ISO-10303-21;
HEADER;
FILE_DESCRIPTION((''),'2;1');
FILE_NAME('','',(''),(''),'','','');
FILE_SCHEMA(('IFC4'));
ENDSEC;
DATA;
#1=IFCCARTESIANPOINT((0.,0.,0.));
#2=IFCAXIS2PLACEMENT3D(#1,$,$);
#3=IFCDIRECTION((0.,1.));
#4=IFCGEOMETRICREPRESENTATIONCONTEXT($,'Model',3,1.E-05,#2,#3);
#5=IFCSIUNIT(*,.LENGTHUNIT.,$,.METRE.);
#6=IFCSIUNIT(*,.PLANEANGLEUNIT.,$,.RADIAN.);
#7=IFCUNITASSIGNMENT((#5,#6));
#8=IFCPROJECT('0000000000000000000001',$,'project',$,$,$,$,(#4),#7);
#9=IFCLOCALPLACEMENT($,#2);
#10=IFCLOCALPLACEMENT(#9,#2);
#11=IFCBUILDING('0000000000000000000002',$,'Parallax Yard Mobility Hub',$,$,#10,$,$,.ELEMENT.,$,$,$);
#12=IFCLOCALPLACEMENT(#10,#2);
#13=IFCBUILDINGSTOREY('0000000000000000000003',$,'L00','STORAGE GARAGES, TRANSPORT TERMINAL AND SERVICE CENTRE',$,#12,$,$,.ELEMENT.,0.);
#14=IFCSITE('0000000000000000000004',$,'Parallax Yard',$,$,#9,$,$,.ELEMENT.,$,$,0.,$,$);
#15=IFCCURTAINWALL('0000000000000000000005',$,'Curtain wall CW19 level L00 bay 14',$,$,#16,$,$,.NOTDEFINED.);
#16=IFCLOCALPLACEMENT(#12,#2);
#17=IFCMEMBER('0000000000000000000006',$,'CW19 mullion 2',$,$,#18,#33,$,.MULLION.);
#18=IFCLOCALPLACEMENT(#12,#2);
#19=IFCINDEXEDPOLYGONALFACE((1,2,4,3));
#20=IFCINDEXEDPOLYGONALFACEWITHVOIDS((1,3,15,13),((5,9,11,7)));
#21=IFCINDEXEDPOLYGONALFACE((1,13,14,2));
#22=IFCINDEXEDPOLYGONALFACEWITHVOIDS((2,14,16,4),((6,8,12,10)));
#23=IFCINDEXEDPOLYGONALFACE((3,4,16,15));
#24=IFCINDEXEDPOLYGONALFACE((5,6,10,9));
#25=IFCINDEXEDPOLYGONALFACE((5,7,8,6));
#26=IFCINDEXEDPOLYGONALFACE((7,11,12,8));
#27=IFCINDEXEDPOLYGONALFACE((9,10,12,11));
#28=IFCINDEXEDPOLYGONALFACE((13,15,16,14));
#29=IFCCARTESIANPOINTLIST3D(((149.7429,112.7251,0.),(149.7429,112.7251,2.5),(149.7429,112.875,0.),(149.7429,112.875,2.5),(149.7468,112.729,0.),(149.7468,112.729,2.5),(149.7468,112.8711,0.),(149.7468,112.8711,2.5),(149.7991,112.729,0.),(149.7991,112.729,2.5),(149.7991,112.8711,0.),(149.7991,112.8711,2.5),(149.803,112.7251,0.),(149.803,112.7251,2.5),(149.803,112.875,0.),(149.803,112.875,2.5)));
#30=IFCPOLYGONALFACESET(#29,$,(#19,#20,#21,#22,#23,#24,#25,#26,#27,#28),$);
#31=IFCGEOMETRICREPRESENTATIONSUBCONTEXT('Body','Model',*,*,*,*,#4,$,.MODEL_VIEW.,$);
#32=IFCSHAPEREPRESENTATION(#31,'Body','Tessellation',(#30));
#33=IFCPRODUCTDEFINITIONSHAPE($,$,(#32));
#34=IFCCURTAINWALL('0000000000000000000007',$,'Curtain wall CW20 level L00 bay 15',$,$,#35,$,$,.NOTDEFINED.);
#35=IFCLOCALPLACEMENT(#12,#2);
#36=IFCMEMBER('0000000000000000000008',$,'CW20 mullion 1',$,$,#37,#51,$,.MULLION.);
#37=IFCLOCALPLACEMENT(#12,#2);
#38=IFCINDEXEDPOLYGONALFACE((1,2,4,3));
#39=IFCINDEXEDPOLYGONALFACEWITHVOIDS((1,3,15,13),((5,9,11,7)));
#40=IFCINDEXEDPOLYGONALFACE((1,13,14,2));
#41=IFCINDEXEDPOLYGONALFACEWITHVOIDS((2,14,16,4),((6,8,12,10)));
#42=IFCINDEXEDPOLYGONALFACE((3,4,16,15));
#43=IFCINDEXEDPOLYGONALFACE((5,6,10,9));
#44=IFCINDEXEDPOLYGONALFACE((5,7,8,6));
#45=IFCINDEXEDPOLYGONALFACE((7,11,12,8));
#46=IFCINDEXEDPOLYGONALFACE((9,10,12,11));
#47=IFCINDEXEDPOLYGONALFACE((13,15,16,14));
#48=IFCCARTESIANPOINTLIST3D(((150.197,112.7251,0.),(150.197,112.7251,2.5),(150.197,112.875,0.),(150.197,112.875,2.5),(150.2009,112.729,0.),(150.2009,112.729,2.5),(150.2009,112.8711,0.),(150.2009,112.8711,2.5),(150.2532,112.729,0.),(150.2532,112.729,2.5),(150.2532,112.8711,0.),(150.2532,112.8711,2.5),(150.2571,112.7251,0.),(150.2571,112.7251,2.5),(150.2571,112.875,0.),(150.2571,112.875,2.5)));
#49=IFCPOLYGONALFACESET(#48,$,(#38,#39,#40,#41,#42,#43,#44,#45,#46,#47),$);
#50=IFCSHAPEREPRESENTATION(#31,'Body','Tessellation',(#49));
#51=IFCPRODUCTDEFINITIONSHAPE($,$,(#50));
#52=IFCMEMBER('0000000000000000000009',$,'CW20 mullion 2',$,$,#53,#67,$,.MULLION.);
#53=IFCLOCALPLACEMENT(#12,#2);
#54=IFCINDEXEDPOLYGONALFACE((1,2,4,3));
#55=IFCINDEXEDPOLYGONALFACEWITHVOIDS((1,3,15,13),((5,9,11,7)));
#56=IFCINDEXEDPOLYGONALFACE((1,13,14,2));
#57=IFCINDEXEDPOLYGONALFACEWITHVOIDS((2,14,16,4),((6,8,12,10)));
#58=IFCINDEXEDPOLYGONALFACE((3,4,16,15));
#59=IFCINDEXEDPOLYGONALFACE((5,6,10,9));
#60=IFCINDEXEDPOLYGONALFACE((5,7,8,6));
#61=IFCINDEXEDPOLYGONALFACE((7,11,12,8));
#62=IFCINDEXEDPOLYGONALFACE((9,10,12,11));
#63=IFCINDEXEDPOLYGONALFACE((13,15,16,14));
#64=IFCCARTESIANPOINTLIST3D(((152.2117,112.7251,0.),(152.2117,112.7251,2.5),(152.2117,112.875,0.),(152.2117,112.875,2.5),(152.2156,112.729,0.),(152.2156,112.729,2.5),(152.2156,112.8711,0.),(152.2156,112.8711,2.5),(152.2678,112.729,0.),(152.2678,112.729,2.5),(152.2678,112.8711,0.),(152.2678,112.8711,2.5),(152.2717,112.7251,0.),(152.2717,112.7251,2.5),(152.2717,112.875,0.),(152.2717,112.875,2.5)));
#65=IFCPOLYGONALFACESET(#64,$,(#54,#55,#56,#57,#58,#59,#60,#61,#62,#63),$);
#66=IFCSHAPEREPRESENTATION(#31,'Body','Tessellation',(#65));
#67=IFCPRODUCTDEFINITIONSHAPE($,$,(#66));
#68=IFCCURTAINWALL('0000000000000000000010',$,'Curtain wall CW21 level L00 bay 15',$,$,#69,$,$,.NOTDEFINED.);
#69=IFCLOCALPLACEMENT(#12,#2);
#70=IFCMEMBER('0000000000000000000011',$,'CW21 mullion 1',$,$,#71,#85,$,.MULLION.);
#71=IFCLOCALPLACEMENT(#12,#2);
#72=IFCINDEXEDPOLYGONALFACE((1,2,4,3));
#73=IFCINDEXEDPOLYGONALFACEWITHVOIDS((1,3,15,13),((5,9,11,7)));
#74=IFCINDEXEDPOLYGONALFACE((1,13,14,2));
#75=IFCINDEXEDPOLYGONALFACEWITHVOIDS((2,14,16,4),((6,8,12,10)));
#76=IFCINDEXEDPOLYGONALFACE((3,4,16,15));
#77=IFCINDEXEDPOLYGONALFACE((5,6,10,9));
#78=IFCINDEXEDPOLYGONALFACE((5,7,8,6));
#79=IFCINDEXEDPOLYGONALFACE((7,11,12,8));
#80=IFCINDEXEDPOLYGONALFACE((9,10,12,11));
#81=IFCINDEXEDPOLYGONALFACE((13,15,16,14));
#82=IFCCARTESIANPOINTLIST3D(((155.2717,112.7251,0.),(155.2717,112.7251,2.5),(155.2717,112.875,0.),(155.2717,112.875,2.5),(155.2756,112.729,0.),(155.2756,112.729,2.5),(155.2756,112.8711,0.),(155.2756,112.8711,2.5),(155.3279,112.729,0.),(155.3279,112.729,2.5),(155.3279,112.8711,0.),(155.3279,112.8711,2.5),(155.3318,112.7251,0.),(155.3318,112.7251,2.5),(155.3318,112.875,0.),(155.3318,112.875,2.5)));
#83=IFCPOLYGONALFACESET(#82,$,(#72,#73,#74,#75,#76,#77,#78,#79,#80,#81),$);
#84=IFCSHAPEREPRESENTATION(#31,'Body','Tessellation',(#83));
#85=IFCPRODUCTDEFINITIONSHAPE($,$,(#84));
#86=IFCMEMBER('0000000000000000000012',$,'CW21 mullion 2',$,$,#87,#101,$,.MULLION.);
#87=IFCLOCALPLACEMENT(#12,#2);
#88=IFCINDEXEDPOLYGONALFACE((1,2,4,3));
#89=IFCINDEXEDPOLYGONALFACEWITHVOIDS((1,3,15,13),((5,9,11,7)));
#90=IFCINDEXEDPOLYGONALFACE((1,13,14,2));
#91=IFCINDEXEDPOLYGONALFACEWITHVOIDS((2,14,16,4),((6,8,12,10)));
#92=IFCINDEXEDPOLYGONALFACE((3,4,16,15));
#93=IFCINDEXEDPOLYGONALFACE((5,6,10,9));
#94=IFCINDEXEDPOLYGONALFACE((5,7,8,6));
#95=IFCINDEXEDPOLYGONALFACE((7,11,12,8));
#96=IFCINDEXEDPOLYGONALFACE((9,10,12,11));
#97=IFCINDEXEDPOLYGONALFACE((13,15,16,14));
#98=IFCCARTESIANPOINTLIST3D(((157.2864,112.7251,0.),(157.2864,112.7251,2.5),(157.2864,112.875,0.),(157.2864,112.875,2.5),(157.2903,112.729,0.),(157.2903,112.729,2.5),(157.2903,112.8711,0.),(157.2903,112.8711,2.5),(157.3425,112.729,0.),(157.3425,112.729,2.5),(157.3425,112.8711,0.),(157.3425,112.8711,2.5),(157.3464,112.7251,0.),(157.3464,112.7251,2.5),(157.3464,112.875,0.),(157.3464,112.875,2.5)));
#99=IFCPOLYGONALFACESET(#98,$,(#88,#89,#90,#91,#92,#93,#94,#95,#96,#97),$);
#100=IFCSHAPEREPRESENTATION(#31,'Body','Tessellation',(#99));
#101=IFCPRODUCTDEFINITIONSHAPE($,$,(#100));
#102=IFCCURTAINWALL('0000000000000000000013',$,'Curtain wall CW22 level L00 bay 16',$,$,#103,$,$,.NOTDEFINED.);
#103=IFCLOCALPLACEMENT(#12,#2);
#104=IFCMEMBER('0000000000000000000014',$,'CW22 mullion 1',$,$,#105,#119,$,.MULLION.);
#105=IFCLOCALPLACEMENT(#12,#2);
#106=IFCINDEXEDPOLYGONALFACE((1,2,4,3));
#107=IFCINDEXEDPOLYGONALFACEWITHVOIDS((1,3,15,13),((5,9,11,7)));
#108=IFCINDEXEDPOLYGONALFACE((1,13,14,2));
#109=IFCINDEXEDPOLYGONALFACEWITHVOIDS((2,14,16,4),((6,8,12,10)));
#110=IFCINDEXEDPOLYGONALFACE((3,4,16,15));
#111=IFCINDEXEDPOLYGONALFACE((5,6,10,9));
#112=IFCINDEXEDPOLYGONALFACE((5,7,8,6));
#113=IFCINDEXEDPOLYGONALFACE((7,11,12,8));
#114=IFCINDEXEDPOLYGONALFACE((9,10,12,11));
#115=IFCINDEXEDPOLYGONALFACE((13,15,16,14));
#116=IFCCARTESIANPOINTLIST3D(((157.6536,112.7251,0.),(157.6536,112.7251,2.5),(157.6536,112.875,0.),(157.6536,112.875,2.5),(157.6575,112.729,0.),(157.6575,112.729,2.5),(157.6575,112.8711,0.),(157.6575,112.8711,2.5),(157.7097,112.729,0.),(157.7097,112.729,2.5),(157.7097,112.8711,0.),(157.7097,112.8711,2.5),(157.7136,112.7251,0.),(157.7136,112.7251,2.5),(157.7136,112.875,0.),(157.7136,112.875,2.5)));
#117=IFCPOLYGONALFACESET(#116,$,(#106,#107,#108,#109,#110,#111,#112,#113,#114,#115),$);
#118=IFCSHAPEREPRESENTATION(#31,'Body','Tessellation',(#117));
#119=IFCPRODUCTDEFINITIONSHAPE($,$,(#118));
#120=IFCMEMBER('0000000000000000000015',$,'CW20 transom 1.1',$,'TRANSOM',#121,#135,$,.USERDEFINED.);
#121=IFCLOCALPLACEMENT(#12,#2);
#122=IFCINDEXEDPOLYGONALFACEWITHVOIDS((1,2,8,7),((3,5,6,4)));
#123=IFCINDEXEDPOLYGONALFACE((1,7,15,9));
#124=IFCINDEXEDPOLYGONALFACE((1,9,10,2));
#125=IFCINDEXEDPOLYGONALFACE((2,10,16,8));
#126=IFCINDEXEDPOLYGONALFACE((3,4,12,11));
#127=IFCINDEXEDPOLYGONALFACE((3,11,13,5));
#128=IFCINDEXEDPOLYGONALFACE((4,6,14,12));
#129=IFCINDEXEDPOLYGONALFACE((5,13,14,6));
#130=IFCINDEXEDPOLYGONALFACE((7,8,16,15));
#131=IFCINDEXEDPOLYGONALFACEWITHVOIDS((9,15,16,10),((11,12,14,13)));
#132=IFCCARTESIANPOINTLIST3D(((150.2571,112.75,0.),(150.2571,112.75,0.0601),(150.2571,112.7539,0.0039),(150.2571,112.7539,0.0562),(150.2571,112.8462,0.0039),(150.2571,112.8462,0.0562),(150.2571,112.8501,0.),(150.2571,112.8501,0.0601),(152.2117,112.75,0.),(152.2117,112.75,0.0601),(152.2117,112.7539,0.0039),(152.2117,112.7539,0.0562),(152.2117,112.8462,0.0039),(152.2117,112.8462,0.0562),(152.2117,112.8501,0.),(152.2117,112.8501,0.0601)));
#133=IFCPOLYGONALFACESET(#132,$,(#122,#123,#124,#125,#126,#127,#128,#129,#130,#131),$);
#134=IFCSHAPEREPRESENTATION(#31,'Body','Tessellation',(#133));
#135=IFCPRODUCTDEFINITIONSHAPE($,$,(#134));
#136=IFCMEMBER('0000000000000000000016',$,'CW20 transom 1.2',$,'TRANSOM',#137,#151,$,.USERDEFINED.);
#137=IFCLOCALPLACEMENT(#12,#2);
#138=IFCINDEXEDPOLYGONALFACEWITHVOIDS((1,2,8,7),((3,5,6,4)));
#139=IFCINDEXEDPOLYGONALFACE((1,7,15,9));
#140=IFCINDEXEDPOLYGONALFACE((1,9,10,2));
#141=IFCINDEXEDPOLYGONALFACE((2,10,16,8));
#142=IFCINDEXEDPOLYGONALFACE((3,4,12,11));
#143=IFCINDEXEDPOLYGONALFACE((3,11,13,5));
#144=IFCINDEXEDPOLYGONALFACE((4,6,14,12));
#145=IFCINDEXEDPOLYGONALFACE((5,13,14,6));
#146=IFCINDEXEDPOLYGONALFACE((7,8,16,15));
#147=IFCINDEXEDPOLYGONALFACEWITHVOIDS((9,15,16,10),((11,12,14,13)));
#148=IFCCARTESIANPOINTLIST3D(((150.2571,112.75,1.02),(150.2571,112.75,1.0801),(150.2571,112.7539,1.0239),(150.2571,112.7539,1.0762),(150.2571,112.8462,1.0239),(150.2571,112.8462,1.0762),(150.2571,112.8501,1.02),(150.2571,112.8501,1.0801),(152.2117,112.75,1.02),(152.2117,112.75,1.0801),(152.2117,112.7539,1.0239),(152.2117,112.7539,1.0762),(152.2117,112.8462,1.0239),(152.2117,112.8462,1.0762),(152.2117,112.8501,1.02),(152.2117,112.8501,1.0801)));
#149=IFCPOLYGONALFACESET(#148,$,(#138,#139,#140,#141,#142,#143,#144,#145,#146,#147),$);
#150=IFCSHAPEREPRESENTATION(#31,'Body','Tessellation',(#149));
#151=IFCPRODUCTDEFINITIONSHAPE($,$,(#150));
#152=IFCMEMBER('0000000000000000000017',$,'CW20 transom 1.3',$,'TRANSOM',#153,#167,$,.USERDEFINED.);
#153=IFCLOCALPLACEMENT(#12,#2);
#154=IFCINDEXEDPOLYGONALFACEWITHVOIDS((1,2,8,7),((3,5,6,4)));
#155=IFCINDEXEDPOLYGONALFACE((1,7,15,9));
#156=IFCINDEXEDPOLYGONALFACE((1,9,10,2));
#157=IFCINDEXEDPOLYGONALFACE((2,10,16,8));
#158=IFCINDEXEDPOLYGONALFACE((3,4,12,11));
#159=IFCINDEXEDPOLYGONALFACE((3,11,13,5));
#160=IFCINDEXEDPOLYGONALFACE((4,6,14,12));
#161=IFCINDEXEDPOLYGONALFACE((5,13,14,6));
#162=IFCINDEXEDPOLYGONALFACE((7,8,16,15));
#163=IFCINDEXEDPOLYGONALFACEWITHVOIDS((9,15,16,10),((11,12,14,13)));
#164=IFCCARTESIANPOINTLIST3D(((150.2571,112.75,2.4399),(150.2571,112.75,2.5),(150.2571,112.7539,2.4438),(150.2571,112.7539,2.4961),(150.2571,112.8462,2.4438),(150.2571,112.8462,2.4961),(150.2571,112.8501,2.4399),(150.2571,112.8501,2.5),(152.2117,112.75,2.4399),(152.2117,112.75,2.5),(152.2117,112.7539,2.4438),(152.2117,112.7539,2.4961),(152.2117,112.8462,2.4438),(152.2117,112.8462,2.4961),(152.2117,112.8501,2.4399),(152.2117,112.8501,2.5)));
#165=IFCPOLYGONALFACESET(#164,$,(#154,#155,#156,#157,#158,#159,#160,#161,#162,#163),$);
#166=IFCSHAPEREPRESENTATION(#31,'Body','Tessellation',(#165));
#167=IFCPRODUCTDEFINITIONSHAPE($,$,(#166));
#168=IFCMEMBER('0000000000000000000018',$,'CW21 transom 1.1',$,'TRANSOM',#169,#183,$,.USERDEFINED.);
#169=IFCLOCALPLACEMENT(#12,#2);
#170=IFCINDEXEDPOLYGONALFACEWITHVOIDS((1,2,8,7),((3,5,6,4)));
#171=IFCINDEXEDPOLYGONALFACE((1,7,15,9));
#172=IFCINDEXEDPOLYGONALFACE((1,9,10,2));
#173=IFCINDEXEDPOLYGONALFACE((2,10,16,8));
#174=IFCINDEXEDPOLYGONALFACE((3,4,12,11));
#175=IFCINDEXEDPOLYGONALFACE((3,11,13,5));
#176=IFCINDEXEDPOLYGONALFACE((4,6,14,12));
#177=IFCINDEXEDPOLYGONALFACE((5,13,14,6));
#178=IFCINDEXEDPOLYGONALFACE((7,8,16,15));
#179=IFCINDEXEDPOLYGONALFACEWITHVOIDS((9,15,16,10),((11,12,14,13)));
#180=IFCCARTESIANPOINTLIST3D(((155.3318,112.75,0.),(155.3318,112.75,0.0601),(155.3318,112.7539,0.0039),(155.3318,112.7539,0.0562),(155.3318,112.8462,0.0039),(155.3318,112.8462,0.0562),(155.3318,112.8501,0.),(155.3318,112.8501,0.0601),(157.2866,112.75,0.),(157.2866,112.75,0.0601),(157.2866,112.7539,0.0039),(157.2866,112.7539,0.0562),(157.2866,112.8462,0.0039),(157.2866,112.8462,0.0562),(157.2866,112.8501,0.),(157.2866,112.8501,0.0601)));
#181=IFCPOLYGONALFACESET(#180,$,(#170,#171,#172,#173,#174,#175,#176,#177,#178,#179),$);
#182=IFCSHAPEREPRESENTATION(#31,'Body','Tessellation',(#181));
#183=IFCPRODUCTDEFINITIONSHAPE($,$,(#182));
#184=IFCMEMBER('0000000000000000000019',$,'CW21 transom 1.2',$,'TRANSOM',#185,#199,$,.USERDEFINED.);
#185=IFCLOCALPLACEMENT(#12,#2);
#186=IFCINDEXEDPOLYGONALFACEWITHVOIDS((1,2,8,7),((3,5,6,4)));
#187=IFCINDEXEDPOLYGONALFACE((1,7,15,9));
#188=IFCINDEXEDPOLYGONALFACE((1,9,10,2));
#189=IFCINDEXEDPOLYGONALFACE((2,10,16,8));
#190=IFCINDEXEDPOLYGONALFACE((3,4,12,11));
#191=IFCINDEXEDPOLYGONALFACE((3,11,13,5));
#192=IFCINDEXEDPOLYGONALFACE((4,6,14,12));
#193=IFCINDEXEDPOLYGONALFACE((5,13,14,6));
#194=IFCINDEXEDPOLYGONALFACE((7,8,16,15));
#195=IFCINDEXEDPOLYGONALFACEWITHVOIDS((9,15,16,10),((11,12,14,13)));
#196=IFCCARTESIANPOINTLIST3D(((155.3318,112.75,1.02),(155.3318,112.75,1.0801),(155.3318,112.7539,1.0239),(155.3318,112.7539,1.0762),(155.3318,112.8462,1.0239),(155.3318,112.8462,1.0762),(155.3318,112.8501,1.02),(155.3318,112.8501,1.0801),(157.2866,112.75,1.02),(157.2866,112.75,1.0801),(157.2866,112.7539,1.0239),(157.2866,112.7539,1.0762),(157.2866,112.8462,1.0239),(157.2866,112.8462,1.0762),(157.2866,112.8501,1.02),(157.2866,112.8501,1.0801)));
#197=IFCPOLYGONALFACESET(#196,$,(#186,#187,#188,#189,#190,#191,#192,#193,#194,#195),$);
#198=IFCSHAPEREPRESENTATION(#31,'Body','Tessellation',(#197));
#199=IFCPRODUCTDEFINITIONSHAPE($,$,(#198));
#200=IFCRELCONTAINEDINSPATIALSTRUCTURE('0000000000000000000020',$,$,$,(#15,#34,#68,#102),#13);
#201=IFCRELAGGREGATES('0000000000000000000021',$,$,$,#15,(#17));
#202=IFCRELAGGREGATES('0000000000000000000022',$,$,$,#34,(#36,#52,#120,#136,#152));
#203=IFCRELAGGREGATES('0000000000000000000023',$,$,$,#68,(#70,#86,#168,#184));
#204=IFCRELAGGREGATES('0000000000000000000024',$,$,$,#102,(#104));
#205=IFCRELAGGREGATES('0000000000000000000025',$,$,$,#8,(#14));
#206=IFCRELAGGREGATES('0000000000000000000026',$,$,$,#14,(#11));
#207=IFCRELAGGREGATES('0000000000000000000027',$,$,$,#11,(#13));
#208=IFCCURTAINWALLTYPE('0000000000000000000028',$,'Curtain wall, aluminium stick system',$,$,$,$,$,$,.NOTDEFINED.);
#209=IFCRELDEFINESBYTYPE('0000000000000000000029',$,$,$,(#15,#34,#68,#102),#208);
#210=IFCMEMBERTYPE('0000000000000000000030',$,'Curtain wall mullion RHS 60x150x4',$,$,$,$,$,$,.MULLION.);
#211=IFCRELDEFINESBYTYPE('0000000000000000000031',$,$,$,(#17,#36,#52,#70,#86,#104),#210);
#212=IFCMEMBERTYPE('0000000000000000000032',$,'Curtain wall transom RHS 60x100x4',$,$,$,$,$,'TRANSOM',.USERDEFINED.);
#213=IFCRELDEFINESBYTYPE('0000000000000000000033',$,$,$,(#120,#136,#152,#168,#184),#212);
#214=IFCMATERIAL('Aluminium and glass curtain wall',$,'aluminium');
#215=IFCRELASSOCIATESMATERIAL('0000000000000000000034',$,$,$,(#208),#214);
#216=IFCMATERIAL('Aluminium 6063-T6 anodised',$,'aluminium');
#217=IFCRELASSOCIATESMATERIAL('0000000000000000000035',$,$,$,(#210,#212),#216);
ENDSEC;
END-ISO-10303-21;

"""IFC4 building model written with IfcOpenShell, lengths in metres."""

from ifc_helpers import new_model, si_unit, direction, frame, origin, origin_2d, place, context, subcontext, project, spatial, hollow_rectangle, extrude, material, material_profile, profile_set, type_object, element, aggregate, save


model = new_model("IFC4")

# Units and contexts
model_context = context("Model", 3, precision=1e-05, world=origin(), true_north=direction((0.0, 1.0)))
body_context = subcontext(model_context, "Body", "Model", "MODEL_VIEW")
ifc_project = project(units=[si_unit("LENGTHUNIT", "METRE"), si_unit("PLANEANGLEUNIT", "RADIAN")], contexts=[model_context])

# Site, building, storey
site_placement = place(None, origin())
site = spatial("IfcSite", under=ifc_project, at=site_placement, Name="Parallax Yard", CompositionType="ELEMENT", RefElevation=0.0)
building_placement = place(site_placement, origin())
building = spatial("IfcBuilding", under=site, at=building_placement, Name="Parallax Yard Mobility Hub", CompositionType="ELEMENT")
storey_placement = place(building_placement, origin())
storey = spatial("IfcBuildingStorey", under=building, at=storey_placement, Name="L00", Description="STORAGE GARAGES, TRANSPORT TERMINAL AND SERVICE CENTRE", CompositionType="ELEMENT", Elevation=0.0)

# Curtain wall, member
ifc_material_1 = material(Name="Aluminium and glass curtain wall", Category="aluminium")
curtain_wall_type = type_object("IfcCurtainWallType", Name="Curtain wall, aluminium stick system", PredefinedType="NOTDEFINED", material=ifc_material_1)
curtain_wall_1_placement = place(storey_placement, origin())
curtain_wall_1 = element("IfcCurtainWall", 1, at=curtain_wall_1_placement, inside=storey, type_object=curtain_wall_type, Name="Curtain wall CW19 level L00 bay 14", PredefinedType="NOTDEFINED")
ifc_material_2 = material(Name="Aluminium 6063-T6 anodised", Category="aluminium")
ifc_material_profile_1 = material_profile(ifc_material_2, hollow_rectangle(XDim=0.1499, YDim=0.0601, WallThickness=0.0039, at=origin_2d()), Name="RHS 60x150x4")
ifc_profile_set_1 = profile_set([ifc_material_profile_1], Name="Aluminium 6063-T6 anodised")
member_type_1 = type_object("IfcMemberType", Name="Curtain wall mullion RHS 60x150x4", PredefinedType="MULLION", material=ifc_profile_set_1)
member_1_placement = place(storey_placement, frame((149.7729, 112.8, 0.0), z_axis=(0.0, 0.0, 1.0), x_axis=(0.0, 1.0, 0.0)))
member_1 = element("IfcMember", 2, at=member_1_placement, type_object=member_type_1, Name="CW19 mullion 2", PredefinedType="MULLION", context=body_context, shape_type="SweptSolid", body=[
    extrude(hollow_rectangle(XDim=0.1499, YDim=0.0601, WallThickness=0.0039, at=origin_2d()), origin(), (0.0, 0.0, 1.0), 2.5),
])

# Curtain walls, members
curtain_wall_2_placement = place(storey_placement, origin())
curtain_wall_2 = element("IfcCurtainWall", 3, at=curtain_wall_2_placement, inside=storey, type_object=curtain_wall_type, Name="Curtain wall CW20 level L00 bay 15", PredefinedType="NOTDEFINED")
member_2_placement = place(storey_placement, frame((150.2271, 112.8, 0.0), z_axis=(0.0, 0.0, 1.0), x_axis=(0.0, 1.0, 0.0)))
member_2 = element("IfcMember", 4, at=member_2_placement, type_object=member_type_1, Name="CW20 mullion 1", PredefinedType="MULLION", context=body_context, shape_type="SweptSolid", body=[
    extrude(hollow_rectangle(XDim=0.1499, YDim=0.0601, WallThickness=0.0039, at=origin_2d()), origin(), (0.0, 0.0, 1.0), 2.5),
])
member_3_placement = place(storey_placement, frame((152.2417, 112.8, 0.0), z_axis=(0.0, 0.0, 1.0), x_axis=(0.0, 1.0, 0.0)))
member_3 = element("IfcMember", 5, at=member_3_placement, type_object=member_type_1, Name="CW20 mullion 2", PredefinedType="MULLION", context=body_context, shape_type="SweptSolid", body=[
    extrude(hollow_rectangle(XDim=0.1499, YDim=0.0601, WallThickness=0.0039, at=origin_2d()), origin(), (0.0, 0.0, 1.0), 2.5),
])
curtain_wall_3_placement = place(storey_placement, origin())
curtain_wall_3 = element("IfcCurtainWall", 6, at=curtain_wall_3_placement, inside=storey, type_object=curtain_wall_type, Name="Curtain wall CW21 level L00 bay 15", PredefinedType="NOTDEFINED")
member_4_placement = place(storey_placement, frame((155.3018, 112.8, 0.0), z_axis=(0.0, 0.0, 1.0), x_axis=(0.0, 1.0, 0.0)))
member_4 = element("IfcMember", 7, at=member_4_placement, type_object=member_type_1, Name="CW21 mullion 1", PredefinedType="MULLION", context=body_context, shape_type="SweptSolid", body=[
    extrude(hollow_rectangle(XDim=0.1499, YDim=0.0601, WallThickness=0.0039, at=origin_2d()), origin(), (0.0, 0.0, 1.0), 2.5),
])
member_5_placement = place(storey_placement, frame((157.3164, 112.8, 0.0), z_axis=(0.0, 0.0, 1.0), x_axis=(0.0, 1.0, 0.0)))
member_5 = element("IfcMember", 8, at=member_5_placement, type_object=member_type_1, Name="CW21 mullion 2", PredefinedType="MULLION", context=body_context, shape_type="SweptSolid", body=[
    extrude(hollow_rectangle(XDim=0.1499, YDim=0.0601, WallThickness=0.0039, at=origin_2d()), origin(), (0.0, 0.0, 1.0), 2.5),
])

# Curtain wall, member
curtain_wall_4_placement = place(storey_placement, origin())
curtain_wall_4 = element("IfcCurtainWall", 9, at=curtain_wall_4_placement, inside=storey, type_object=curtain_wall_type, Name="Curtain wall CW22 level L00 bay 16", PredefinedType="NOTDEFINED")
member_6_placement = place(storey_placement, frame((157.6836, 112.8, 0.0), z_axis=(0.0, 0.0, 1.0), x_axis=(0.0, 1.0, 0.0)))
member_6 = element("IfcMember", 10, at=member_6_placement, type_object=member_type_1, Name="CW22 mullion 1", PredefinedType="MULLION", context=body_context, shape_type="SweptSolid", body=[
    extrude(hollow_rectangle(XDim=0.1499, YDim=0.0601, WallThickness=0.0039, at=origin_2d()), origin(), (0.0, 0.0, 1.0), 2.5),
])

# Members
ifc_material_profile_2 = material_profile(ifc_material_2, hollow_rectangle(XDim=0.1001, YDim=0.0601, WallThickness=0.0039, at=origin_2d()), Name="RHS 60x100x4")
ifc_profile_set_2 = profile_set([ifc_material_profile_2], Name="Aluminium 6063-T6 anodised")
member_type_2 = type_object("IfcMemberType", Name="Curtain wall transom RHS 60x100x4", ElementType="TRANSOM", PredefinedType="USERDEFINED", material=ifc_profile_set_2)
member_7_placement = place(storey_placement, frame((150.2571, 112.8, 0.03), z_axis=(1.0, 0.0, 0.0), x_axis=(0.0, 1.0, 0.0)))
member_7 = element("IfcMember", 11, at=member_7_placement, type_object=member_type_2, Name="CW20 transom 1.1", ObjectType="TRANSOM", PredefinedType="USERDEFINED", context=body_context, shape_type="SweptSolid", body=[
    extrude(hollow_rectangle(XDim=0.1001, YDim=0.0601, WallThickness=0.0039, at=origin_2d()), origin(), (0.0, 0.0, 1.0), 1.9546),
])
member_8_placement = place(storey_placement, frame((150.2571, 112.8, 1.05), z_axis=(1.0, 0.0, 0.0), x_axis=(0.0, 1.0, 0.0)))
member_8 = element("IfcMember", 12, at=member_8_placement, type_object=member_type_2, Name="CW20 transom 1.2", ObjectType="TRANSOM", PredefinedType="USERDEFINED", context=body_context, shape_type="SweptSolid", body=[
    extrude(hollow_rectangle(XDim=0.1001, YDim=0.0601, WallThickness=0.0039, at=origin_2d()), origin(), (0.0, 0.0, 1.0), 1.9546),
])
member_9_placement = place(storey_placement, frame((150.2571, 112.8, 2.47), z_axis=(1.0, 0.0, 0.0), x_axis=(0.0, 1.0, 0.0)))
member_9 = element("IfcMember", 13, at=member_9_placement, type_object=member_type_2, Name="CW20 transom 1.3", ObjectType="TRANSOM", PredefinedType="USERDEFINED", context=body_context, shape_type="SweptSolid", body=[
    extrude(hollow_rectangle(XDim=0.1001, YDim=0.0601, WallThickness=0.0039, at=origin_2d()), origin(), (0.0, 0.0, 1.0), 1.9546),
])
member_10_placement = place(storey_placement, frame((155.3318, 112.8, 0.03), z_axis=(1.0, 0.0, 0.0), x_axis=(0.0, 1.0, 0.0)))
member_10 = element("IfcMember", 14, at=member_10_placement, type_object=member_type_2, Name="CW21 transom 1.1", ObjectType="TRANSOM", PredefinedType="USERDEFINED", context=body_context, shape_type="SweptSolid", body=[
    extrude(hollow_rectangle(XDim=0.1001, YDim=0.0601, WallThickness=0.0039, at=origin_2d()), origin(), (0.0, 0.0, 1.0), 1.9548),
])
member_11_placement = place(storey_placement, frame((155.3318, 112.8, 1.05), z_axis=(1.0, 0.0, 0.0), x_axis=(0.0, 1.0, 0.0)))
member_11 = element("IfcMember", 15, at=member_11_placement, type_object=member_type_2, Name="CW21 transom 1.2", ObjectType="TRANSOM", PredefinedType="USERDEFINED", context=body_context, shape_type="SweptSolid", body=[
    extrude(hollow_rectangle(XDim=0.1001, YDim=0.0601, WallThickness=0.0039, at=origin_2d()), origin(), (0.0, 0.0, 1.0), 1.9548),
])

aggregate(curtain_wall_1, [member_1])
aggregate(curtain_wall_2, [member_2, member_3, member_7, member_8, member_9])
aggregate(curtain_wall_3, [member_4, member_5, member_10, member_11])
aggregate(curtain_wall_4, [member_6])

save(model, "model.ifc")
